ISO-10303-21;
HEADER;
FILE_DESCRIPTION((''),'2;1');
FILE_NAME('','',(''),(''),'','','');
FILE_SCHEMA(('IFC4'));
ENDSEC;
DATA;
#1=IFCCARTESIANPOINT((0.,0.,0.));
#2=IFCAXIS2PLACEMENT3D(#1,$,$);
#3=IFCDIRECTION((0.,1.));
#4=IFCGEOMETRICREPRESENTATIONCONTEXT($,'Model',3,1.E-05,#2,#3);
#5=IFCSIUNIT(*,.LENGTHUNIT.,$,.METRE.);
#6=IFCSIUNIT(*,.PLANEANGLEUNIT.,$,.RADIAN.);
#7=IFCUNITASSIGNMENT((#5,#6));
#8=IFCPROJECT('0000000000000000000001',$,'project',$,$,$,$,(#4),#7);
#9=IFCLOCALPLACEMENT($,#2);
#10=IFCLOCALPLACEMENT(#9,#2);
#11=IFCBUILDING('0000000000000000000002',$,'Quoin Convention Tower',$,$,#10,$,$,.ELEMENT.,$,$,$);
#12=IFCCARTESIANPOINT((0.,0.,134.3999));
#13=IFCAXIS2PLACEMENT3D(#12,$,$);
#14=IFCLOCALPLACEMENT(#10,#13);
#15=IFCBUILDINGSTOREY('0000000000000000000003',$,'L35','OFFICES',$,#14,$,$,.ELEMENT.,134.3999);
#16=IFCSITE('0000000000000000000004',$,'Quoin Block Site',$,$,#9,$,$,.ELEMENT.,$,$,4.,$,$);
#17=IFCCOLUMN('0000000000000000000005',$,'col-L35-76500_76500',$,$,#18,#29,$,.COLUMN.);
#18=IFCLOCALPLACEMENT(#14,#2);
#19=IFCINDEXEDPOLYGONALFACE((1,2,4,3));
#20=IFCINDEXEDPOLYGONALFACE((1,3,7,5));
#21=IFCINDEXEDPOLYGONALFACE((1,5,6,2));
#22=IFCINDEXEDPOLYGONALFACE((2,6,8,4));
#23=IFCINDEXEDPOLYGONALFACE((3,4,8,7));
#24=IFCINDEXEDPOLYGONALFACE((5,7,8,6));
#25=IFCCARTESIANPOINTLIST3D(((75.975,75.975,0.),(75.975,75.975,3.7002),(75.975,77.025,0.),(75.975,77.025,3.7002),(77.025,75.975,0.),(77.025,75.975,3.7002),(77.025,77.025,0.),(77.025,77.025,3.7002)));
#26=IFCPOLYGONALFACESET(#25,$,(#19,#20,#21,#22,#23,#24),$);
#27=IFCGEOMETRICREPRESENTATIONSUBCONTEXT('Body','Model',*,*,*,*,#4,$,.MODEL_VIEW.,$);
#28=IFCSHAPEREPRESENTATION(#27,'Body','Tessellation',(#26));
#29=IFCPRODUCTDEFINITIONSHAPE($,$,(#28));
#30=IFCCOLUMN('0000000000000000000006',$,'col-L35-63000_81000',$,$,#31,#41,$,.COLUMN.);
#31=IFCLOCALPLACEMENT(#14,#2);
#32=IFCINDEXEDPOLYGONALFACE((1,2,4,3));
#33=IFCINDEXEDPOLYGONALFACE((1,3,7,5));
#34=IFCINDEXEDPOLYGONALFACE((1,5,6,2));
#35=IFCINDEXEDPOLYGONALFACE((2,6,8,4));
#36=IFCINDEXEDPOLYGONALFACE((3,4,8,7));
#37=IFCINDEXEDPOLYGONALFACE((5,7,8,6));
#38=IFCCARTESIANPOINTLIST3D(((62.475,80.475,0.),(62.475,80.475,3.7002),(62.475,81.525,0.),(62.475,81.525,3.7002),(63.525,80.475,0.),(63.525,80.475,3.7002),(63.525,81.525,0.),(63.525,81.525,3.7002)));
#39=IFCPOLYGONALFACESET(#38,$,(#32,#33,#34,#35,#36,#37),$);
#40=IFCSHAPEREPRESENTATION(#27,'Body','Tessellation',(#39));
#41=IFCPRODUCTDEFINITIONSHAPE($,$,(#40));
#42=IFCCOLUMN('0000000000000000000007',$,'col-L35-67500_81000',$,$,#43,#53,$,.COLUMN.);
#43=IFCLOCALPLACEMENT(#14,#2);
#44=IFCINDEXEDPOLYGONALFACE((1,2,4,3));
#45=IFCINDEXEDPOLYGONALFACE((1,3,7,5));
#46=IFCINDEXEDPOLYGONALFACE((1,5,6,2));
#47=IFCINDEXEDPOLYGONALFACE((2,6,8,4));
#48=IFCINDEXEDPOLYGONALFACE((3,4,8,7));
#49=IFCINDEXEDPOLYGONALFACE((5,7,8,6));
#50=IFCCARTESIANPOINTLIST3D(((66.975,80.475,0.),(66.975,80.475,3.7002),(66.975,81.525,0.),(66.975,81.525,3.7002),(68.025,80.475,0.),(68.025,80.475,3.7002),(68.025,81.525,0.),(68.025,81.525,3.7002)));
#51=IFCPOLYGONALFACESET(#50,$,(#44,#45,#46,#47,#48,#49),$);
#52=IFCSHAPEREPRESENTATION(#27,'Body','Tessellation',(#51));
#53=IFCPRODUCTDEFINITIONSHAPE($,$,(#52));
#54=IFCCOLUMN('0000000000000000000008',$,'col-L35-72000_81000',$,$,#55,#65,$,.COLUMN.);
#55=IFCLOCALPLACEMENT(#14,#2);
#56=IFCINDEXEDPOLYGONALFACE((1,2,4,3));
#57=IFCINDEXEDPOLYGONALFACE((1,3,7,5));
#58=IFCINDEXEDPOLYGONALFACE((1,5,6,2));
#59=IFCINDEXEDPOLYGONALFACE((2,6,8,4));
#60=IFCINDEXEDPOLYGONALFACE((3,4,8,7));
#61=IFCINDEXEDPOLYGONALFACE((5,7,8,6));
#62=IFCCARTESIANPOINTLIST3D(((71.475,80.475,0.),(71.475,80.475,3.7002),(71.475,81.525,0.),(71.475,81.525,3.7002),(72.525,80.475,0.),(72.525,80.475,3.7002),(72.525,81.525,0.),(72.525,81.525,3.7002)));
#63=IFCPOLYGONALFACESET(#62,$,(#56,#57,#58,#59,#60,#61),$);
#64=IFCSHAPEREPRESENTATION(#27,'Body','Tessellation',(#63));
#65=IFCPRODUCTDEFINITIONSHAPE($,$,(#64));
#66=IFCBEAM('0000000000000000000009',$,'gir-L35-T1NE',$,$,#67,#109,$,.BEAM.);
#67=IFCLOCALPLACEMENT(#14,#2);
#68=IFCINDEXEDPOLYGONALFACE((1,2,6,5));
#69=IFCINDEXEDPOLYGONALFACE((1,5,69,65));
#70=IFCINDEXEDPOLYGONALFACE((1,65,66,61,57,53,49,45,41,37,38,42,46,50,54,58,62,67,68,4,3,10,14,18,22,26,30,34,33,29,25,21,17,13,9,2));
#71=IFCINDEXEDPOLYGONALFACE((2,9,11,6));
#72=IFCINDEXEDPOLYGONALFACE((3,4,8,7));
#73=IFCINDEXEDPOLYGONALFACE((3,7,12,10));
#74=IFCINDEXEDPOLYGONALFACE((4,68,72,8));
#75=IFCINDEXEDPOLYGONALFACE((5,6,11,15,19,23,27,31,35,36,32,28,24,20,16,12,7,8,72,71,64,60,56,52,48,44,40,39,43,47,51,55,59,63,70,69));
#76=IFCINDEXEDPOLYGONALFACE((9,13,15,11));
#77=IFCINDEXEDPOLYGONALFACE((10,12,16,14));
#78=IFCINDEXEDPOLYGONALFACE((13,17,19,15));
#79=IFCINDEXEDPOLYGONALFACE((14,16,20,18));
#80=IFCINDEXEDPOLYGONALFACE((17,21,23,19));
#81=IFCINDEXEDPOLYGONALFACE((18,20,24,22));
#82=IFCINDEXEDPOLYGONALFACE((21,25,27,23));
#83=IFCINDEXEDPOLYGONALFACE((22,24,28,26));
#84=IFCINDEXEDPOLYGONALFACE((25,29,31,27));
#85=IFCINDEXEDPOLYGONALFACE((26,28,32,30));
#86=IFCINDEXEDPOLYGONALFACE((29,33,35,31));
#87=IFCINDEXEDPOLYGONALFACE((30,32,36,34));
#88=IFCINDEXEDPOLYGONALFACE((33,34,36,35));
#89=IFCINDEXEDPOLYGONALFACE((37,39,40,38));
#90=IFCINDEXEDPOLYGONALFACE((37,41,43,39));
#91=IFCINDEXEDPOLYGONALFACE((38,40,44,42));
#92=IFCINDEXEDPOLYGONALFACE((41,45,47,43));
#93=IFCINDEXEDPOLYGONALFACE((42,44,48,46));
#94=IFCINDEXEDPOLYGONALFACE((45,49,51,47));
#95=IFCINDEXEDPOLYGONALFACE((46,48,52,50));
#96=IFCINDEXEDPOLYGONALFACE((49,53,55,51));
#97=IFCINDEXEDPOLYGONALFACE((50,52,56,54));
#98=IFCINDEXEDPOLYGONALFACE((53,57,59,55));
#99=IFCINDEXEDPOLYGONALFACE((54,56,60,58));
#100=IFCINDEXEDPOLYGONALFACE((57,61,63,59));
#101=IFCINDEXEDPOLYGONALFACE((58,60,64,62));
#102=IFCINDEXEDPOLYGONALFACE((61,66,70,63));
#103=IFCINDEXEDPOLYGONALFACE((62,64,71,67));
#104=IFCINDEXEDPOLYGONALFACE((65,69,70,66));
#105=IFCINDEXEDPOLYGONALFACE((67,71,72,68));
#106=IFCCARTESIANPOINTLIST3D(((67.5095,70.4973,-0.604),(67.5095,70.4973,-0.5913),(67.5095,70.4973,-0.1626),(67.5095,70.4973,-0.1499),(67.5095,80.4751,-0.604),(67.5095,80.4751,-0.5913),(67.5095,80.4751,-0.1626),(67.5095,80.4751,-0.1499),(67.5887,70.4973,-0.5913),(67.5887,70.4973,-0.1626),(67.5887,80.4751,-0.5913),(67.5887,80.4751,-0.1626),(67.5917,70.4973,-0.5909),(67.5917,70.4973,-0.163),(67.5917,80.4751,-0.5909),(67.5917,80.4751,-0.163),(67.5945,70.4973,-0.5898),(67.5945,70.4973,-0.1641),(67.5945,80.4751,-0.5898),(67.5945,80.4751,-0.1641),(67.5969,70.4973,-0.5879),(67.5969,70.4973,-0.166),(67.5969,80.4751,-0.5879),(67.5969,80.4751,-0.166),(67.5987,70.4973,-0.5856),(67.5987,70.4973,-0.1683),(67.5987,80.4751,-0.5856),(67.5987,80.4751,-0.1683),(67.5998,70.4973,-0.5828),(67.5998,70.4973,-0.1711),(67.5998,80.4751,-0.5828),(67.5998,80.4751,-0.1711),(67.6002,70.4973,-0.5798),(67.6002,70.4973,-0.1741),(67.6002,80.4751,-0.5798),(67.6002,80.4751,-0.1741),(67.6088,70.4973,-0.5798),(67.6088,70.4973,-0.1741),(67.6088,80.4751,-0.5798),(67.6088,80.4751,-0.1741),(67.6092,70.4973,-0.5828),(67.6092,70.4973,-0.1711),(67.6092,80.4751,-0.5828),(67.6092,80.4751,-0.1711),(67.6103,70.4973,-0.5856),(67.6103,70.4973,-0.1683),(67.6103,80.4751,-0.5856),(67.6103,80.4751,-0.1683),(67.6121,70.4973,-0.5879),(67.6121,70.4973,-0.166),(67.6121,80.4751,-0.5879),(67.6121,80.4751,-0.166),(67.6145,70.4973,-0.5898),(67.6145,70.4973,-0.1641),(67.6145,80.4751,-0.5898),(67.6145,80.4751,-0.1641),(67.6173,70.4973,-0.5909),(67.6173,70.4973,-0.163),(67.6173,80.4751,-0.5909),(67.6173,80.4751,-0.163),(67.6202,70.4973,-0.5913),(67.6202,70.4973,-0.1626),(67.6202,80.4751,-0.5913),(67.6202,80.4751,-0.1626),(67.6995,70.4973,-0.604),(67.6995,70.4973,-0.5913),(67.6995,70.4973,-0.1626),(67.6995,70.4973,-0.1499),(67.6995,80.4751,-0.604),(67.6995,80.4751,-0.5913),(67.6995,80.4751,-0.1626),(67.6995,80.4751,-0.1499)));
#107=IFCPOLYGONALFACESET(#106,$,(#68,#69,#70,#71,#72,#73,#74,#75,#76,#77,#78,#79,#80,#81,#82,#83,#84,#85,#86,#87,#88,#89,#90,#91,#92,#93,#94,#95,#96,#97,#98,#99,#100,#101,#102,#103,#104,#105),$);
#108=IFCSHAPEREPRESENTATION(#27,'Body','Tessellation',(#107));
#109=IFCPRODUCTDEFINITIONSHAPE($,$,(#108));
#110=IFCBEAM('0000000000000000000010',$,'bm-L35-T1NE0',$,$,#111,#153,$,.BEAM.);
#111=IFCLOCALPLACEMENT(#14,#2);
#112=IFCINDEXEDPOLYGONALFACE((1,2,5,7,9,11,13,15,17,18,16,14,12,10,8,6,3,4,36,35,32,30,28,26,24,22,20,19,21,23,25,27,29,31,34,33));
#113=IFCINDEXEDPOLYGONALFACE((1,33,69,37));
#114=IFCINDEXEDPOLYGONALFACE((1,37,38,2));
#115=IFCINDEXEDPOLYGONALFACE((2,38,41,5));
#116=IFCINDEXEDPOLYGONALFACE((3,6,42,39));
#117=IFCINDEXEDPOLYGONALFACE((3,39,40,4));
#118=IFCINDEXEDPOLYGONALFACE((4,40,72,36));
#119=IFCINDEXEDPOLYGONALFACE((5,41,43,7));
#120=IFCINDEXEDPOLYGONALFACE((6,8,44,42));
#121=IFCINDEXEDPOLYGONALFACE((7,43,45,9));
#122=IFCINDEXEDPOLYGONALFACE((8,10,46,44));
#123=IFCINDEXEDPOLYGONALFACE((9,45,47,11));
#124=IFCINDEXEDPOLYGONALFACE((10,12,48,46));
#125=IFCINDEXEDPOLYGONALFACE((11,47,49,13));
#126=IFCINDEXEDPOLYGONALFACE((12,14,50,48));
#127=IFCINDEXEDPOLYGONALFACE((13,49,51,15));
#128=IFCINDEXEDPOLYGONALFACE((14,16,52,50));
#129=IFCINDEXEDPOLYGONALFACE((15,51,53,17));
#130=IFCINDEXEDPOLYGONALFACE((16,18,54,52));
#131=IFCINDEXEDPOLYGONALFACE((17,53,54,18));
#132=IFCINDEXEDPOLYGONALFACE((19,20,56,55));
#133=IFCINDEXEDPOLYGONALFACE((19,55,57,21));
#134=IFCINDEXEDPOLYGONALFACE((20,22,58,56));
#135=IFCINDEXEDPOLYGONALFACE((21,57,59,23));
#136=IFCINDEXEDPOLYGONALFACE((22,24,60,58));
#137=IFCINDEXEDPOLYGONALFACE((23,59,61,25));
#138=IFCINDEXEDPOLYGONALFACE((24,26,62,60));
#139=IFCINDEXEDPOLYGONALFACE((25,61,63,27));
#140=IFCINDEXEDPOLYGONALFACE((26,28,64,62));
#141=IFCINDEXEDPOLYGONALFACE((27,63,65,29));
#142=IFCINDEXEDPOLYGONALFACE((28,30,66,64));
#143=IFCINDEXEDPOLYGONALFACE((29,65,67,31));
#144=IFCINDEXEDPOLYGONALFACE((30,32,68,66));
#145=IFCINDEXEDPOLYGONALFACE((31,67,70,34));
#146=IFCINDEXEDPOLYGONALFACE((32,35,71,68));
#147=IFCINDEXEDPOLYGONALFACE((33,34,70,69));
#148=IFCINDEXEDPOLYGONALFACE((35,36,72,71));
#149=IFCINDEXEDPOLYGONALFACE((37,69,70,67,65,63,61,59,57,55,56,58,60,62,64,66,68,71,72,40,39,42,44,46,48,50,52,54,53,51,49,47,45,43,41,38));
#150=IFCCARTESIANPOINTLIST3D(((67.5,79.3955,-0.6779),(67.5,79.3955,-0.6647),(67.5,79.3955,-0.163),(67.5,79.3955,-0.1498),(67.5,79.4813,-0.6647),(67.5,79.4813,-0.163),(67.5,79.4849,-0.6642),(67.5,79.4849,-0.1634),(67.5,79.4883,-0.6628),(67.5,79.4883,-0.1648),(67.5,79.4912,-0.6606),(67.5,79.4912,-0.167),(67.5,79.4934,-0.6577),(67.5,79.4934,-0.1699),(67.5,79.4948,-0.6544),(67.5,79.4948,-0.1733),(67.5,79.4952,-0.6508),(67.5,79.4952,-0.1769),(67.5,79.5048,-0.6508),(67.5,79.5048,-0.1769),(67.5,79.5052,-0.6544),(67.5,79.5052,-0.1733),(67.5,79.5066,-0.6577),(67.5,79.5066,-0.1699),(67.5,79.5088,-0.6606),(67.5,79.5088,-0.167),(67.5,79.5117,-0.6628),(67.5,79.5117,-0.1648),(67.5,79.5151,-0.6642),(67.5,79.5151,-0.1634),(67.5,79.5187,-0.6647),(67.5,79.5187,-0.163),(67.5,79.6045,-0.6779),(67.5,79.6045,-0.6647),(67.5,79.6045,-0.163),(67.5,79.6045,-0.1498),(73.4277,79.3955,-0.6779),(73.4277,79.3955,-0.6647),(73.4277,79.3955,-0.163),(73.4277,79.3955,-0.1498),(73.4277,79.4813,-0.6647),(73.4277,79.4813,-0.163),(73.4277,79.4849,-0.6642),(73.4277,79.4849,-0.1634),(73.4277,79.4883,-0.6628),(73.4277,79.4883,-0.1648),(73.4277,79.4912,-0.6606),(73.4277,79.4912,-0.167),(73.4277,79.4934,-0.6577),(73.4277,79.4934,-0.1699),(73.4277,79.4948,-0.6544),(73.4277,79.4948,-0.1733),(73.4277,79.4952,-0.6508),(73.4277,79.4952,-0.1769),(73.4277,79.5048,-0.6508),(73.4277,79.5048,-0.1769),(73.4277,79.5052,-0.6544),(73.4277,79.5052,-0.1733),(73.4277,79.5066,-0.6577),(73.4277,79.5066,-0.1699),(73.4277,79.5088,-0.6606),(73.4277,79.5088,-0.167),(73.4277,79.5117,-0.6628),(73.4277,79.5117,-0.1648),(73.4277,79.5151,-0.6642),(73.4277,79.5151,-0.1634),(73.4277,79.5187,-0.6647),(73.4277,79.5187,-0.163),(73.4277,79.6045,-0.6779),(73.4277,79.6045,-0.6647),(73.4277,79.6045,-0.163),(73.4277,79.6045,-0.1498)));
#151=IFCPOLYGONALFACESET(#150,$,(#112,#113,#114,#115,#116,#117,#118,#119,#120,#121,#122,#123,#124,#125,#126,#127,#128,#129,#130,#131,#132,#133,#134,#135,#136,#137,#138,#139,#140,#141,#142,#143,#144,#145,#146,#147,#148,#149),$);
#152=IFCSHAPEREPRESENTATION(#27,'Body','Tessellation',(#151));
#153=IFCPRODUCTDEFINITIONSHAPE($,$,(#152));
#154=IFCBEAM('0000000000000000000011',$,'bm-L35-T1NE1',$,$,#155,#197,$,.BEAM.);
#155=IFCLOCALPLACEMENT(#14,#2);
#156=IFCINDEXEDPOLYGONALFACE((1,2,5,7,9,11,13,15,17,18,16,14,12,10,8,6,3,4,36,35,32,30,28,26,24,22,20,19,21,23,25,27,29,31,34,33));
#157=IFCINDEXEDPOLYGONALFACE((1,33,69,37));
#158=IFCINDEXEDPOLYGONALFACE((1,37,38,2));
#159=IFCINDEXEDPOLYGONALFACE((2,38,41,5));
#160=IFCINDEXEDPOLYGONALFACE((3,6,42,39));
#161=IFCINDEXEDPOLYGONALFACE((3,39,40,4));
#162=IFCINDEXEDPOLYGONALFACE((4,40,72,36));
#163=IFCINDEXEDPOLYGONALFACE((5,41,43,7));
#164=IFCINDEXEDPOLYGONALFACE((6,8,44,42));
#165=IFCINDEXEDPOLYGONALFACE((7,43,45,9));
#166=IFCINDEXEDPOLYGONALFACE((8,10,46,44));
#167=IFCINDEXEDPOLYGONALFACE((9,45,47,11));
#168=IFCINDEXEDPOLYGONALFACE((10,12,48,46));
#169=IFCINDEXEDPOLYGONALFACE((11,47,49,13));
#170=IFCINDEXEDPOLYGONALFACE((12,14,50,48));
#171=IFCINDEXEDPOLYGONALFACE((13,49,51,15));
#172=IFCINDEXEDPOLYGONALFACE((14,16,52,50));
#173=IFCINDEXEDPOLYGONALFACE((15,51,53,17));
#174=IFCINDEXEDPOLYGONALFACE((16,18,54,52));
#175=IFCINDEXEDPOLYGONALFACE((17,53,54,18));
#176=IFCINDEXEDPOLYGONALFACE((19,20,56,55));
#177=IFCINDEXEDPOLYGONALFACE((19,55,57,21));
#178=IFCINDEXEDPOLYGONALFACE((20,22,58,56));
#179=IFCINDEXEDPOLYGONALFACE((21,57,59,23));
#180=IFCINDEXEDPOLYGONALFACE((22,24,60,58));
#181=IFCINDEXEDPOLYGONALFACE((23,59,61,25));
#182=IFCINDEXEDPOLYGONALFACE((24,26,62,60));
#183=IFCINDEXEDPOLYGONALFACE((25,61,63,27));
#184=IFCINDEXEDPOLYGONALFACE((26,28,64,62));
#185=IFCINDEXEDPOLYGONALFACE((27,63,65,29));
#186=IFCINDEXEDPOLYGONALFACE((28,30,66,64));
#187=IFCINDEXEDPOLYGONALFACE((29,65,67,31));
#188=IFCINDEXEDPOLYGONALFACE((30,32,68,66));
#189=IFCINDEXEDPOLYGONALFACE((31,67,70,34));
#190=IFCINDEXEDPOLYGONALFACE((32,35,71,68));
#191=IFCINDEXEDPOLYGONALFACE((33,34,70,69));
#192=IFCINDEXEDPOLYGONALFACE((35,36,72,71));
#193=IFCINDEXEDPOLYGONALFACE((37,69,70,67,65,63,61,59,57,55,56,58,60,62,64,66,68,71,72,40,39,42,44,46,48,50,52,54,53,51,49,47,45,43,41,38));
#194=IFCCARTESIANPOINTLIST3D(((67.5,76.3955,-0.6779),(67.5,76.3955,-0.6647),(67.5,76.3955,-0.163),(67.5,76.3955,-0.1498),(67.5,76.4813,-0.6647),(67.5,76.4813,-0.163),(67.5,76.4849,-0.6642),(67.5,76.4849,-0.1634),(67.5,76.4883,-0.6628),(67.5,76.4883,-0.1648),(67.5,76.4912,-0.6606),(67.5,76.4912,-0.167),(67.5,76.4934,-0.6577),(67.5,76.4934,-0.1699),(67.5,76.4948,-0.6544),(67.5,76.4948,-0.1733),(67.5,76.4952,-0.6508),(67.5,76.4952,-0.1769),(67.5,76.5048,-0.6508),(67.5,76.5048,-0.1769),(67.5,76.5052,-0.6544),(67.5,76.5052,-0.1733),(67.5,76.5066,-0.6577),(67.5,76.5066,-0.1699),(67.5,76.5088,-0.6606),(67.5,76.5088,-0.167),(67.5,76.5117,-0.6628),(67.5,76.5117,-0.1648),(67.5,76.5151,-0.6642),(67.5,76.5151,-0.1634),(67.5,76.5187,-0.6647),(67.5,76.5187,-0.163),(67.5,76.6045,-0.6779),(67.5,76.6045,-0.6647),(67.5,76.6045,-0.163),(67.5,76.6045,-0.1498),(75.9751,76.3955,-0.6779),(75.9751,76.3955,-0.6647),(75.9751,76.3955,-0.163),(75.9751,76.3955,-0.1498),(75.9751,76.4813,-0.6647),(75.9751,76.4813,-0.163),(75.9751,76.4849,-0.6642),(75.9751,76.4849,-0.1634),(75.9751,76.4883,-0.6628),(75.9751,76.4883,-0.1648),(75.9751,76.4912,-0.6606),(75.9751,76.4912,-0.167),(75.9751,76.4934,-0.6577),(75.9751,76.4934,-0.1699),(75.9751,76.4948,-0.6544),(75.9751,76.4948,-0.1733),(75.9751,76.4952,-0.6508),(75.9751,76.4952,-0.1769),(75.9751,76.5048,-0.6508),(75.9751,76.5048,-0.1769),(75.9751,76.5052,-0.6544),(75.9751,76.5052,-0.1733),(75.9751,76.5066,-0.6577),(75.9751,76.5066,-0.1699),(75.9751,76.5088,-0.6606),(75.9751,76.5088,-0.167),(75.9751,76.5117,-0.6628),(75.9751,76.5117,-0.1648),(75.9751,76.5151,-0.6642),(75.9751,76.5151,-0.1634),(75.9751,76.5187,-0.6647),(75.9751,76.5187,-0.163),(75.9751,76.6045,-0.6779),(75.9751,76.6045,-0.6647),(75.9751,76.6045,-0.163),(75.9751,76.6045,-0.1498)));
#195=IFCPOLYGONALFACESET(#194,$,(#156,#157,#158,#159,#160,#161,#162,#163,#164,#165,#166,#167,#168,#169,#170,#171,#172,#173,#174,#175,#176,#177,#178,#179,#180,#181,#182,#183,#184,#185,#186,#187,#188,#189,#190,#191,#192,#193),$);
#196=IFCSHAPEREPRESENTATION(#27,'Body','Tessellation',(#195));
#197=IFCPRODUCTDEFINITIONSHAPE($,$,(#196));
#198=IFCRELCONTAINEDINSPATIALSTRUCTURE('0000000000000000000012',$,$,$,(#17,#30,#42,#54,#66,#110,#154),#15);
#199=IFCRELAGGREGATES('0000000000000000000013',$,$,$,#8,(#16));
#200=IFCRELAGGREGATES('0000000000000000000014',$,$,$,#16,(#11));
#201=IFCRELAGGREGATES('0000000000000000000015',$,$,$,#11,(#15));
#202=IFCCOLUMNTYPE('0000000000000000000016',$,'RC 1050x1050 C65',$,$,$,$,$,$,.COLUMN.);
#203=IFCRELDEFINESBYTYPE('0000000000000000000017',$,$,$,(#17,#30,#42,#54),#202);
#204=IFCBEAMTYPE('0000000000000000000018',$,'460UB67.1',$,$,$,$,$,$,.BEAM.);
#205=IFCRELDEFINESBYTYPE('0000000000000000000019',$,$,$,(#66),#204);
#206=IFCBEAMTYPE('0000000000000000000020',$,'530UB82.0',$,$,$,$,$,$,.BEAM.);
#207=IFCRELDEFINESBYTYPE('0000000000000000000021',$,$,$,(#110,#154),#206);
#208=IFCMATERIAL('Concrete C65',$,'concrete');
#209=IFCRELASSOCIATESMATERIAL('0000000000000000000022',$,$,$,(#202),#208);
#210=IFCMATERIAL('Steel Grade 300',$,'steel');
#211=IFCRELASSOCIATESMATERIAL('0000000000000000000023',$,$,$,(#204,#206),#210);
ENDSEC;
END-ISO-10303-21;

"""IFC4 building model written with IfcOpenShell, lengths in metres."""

from ifc_helpers import new_model, si_unit, direction, frame, origin, origin_2d, place, context, subcontext, project, spatial, rectangle, i_section, extrude, material, material_profile, profile_set, type_object, element, save


model = new_model("IFC4")

# Units and contexts
model_context = context("Model", 3, precision=1e-05, world=origin(), true_north=direction((0.0, 1.0)))
body_context = subcontext(model_context, "Body", "Model", "MODEL_VIEW")
ifc_project = project(units=[si_unit("LENGTHUNIT", "METRE"), si_unit("PLANEANGLEUNIT", "RADIAN")], contexts=[model_context])

# Site, building, storey
site_placement = place(None, origin())
site = spatial("IfcSite", under=ifc_project, at=site_placement, Name="Quoin Block Site", CompositionType="ELEMENT", RefElevation=4.0)
building_placement = place(site_placement, origin())
building = spatial("IfcBuilding", under=site, at=building_placement, Name="Quoin Convention Tower", CompositionType="ELEMENT")
storey_placement = place(building_placement, frame((0.0, 0.0, 134.3999)))
storey = spatial("IfcBuildingStorey", under=building, at=storey_placement, Name="L35", Description="OFFICES", CompositionType="ELEMENT", Elevation=134.3999)

# Columns
ifc_material_1 = material(Name="Concrete C65", Category="concrete")
ifc_material_profile_1 = material_profile(ifc_material_1, rectangle(XDim=1.05, YDim=1.05, at=origin_2d()), Name="RC 1050x1050")
ifc_profile_set_1 = profile_set([ifc_material_profile_1], Name="Concrete C65")
column_type = type_object("IfcColumnType", Name="RC 1050x1050 C65", PredefinedType="COLUMN", material=ifc_profile_set_1)
for number, where, z_axis, x_axis, name in (
    (1, (76.5, 76.5, 0.0), (0.0, 0.0, 1.0), (1.0, 0.0, 0.0), "col-L35-76500_76500"),
    (2, (63.0, 81.0, 0.0), (0.0, 0.0, 1.0), (1.0, 0.0, 0.0), "col-L35-63000_81000"),
    (3, (67.5, 81.0, 0.0), (0.0, 0.0, 1.0), (1.0, 0.0, 0.0), "col-L35-67500_81000"),
    (4, (72.0, 81.0, 0.0), (0.0, 0.0, 1.0), (1.0, 0.0, 0.0), "col-L35-72000_81000"),
):
    element("IfcColumn", number, at=place(storey_placement, frame(where, z_axis=z_axis, x_axis=x_axis)), inside=storey, type_object=column_type, Name=name, PredefinedType="COLUMN", context=body_context, shape_type="SweptSolid", body=[
        extrude(rectangle(XDim=1.05, YDim=1.05, at=origin_2d()), origin(), (0.0, 0.0, 1.0), 3.7002),
    ])

# Beams
ifc_material_2 = material(Name="Steel Grade 300", Category="steel")
ifc_material_profile_2 = material_profile(ifc_material_2, i_section(OverallWidth=0.1899, OverallDepth=0.4541, WebThickness=0.0085, FlangeThickness=0.0127, FilletRadius=0.0115, at=origin_2d()), Name="460UB67.1")
ifc_profile_set_2 = profile_set([ifc_material_profile_2], Name="Steel Grade 300")
beam_type_1 = type_object("IfcBeamType", Name="460UB67.1", PredefinedType="BEAM", material=ifc_profile_set_2)
beam_1_placement = place(storey_placement, frame((67.6045, 80.4751, -0.377), z_axis=(0.0, -1.0, 0.0), x_axis=(1.0, 0.0, 0.0)))
element("IfcBeam", 5, at=beam_1_placement, inside=storey, type_object=beam_type_1, Name="gir-L35-T1NE", PredefinedType="BEAM", context=body_context, shape_type="SweptSolid", body=[
    extrude(i_section(OverallWidth=0.1899, OverallDepth=0.4541, WebThickness=0.0085, FlangeThickness=0.0127, FilletRadius=0.0115, at=origin_2d()), origin(), (0.0, 0.0, 1.0), 9.9778),
])
ifc_material_profile_3 = material_profile(ifc_material_2, i_section(OverallWidth=0.209, OverallDepth=0.5281, WebThickness=0.0095, FlangeThickness=0.0132, FilletRadius=0.0139, at=origin_2d()), Name="530UB82.0")
ifc_profile_set_3 = profile_set([ifc_material_profile_3], Name="Steel Grade 300")
beam_type_2 = type_object("IfcBeamType", Name="530UB82.0", PredefinedType="BEAM", material=ifc_profile_set_3)
beam_2_placement = place(storey_placement, frame((67.5, 79.5, -0.4138), z_axis=(1.0, 0.0, 0.0), x_axis=(0.0, 1.0, 0.0)))
element("IfcBeam", 6, at=beam_2_placement, inside=storey, type_object=beam_type_2, Name="bm-L35-T1NE0", PredefinedType="BEAM", context=body_context, shape_type="SweptSolid", body=[
    extrude(i_section(OverallWidth=0.209, OverallDepth=0.5281, WebThickness=0.0095, FlangeThickness=0.0132, FilletRadius=0.0139, at=origin_2d()), origin(), (0.0, 0.0, 1.0), 5.9277),
])
beam_3_placement = place(storey_placement, frame((67.5, 76.5, -0.4138), z_axis=(1.0, 0.0, 0.0), x_axis=(0.0, 1.0, 0.0)))
element("IfcBeam", 7, at=beam_3_placement, inside=storey, type_object=beam_type_2, Name="bm-L35-T1NE1", PredefinedType="BEAM", context=body_context, shape_type="SweptSolid", body=[
    extrude(i_section(OverallWidth=0.209, OverallDepth=0.5281, WebThickness=0.0095, FlangeThickness=0.0132, FilletRadius=0.0139, at=origin_2d()), origin(), (0.0, 0.0, 1.0), 8.4751),
])

save(model, "model.ifc")
